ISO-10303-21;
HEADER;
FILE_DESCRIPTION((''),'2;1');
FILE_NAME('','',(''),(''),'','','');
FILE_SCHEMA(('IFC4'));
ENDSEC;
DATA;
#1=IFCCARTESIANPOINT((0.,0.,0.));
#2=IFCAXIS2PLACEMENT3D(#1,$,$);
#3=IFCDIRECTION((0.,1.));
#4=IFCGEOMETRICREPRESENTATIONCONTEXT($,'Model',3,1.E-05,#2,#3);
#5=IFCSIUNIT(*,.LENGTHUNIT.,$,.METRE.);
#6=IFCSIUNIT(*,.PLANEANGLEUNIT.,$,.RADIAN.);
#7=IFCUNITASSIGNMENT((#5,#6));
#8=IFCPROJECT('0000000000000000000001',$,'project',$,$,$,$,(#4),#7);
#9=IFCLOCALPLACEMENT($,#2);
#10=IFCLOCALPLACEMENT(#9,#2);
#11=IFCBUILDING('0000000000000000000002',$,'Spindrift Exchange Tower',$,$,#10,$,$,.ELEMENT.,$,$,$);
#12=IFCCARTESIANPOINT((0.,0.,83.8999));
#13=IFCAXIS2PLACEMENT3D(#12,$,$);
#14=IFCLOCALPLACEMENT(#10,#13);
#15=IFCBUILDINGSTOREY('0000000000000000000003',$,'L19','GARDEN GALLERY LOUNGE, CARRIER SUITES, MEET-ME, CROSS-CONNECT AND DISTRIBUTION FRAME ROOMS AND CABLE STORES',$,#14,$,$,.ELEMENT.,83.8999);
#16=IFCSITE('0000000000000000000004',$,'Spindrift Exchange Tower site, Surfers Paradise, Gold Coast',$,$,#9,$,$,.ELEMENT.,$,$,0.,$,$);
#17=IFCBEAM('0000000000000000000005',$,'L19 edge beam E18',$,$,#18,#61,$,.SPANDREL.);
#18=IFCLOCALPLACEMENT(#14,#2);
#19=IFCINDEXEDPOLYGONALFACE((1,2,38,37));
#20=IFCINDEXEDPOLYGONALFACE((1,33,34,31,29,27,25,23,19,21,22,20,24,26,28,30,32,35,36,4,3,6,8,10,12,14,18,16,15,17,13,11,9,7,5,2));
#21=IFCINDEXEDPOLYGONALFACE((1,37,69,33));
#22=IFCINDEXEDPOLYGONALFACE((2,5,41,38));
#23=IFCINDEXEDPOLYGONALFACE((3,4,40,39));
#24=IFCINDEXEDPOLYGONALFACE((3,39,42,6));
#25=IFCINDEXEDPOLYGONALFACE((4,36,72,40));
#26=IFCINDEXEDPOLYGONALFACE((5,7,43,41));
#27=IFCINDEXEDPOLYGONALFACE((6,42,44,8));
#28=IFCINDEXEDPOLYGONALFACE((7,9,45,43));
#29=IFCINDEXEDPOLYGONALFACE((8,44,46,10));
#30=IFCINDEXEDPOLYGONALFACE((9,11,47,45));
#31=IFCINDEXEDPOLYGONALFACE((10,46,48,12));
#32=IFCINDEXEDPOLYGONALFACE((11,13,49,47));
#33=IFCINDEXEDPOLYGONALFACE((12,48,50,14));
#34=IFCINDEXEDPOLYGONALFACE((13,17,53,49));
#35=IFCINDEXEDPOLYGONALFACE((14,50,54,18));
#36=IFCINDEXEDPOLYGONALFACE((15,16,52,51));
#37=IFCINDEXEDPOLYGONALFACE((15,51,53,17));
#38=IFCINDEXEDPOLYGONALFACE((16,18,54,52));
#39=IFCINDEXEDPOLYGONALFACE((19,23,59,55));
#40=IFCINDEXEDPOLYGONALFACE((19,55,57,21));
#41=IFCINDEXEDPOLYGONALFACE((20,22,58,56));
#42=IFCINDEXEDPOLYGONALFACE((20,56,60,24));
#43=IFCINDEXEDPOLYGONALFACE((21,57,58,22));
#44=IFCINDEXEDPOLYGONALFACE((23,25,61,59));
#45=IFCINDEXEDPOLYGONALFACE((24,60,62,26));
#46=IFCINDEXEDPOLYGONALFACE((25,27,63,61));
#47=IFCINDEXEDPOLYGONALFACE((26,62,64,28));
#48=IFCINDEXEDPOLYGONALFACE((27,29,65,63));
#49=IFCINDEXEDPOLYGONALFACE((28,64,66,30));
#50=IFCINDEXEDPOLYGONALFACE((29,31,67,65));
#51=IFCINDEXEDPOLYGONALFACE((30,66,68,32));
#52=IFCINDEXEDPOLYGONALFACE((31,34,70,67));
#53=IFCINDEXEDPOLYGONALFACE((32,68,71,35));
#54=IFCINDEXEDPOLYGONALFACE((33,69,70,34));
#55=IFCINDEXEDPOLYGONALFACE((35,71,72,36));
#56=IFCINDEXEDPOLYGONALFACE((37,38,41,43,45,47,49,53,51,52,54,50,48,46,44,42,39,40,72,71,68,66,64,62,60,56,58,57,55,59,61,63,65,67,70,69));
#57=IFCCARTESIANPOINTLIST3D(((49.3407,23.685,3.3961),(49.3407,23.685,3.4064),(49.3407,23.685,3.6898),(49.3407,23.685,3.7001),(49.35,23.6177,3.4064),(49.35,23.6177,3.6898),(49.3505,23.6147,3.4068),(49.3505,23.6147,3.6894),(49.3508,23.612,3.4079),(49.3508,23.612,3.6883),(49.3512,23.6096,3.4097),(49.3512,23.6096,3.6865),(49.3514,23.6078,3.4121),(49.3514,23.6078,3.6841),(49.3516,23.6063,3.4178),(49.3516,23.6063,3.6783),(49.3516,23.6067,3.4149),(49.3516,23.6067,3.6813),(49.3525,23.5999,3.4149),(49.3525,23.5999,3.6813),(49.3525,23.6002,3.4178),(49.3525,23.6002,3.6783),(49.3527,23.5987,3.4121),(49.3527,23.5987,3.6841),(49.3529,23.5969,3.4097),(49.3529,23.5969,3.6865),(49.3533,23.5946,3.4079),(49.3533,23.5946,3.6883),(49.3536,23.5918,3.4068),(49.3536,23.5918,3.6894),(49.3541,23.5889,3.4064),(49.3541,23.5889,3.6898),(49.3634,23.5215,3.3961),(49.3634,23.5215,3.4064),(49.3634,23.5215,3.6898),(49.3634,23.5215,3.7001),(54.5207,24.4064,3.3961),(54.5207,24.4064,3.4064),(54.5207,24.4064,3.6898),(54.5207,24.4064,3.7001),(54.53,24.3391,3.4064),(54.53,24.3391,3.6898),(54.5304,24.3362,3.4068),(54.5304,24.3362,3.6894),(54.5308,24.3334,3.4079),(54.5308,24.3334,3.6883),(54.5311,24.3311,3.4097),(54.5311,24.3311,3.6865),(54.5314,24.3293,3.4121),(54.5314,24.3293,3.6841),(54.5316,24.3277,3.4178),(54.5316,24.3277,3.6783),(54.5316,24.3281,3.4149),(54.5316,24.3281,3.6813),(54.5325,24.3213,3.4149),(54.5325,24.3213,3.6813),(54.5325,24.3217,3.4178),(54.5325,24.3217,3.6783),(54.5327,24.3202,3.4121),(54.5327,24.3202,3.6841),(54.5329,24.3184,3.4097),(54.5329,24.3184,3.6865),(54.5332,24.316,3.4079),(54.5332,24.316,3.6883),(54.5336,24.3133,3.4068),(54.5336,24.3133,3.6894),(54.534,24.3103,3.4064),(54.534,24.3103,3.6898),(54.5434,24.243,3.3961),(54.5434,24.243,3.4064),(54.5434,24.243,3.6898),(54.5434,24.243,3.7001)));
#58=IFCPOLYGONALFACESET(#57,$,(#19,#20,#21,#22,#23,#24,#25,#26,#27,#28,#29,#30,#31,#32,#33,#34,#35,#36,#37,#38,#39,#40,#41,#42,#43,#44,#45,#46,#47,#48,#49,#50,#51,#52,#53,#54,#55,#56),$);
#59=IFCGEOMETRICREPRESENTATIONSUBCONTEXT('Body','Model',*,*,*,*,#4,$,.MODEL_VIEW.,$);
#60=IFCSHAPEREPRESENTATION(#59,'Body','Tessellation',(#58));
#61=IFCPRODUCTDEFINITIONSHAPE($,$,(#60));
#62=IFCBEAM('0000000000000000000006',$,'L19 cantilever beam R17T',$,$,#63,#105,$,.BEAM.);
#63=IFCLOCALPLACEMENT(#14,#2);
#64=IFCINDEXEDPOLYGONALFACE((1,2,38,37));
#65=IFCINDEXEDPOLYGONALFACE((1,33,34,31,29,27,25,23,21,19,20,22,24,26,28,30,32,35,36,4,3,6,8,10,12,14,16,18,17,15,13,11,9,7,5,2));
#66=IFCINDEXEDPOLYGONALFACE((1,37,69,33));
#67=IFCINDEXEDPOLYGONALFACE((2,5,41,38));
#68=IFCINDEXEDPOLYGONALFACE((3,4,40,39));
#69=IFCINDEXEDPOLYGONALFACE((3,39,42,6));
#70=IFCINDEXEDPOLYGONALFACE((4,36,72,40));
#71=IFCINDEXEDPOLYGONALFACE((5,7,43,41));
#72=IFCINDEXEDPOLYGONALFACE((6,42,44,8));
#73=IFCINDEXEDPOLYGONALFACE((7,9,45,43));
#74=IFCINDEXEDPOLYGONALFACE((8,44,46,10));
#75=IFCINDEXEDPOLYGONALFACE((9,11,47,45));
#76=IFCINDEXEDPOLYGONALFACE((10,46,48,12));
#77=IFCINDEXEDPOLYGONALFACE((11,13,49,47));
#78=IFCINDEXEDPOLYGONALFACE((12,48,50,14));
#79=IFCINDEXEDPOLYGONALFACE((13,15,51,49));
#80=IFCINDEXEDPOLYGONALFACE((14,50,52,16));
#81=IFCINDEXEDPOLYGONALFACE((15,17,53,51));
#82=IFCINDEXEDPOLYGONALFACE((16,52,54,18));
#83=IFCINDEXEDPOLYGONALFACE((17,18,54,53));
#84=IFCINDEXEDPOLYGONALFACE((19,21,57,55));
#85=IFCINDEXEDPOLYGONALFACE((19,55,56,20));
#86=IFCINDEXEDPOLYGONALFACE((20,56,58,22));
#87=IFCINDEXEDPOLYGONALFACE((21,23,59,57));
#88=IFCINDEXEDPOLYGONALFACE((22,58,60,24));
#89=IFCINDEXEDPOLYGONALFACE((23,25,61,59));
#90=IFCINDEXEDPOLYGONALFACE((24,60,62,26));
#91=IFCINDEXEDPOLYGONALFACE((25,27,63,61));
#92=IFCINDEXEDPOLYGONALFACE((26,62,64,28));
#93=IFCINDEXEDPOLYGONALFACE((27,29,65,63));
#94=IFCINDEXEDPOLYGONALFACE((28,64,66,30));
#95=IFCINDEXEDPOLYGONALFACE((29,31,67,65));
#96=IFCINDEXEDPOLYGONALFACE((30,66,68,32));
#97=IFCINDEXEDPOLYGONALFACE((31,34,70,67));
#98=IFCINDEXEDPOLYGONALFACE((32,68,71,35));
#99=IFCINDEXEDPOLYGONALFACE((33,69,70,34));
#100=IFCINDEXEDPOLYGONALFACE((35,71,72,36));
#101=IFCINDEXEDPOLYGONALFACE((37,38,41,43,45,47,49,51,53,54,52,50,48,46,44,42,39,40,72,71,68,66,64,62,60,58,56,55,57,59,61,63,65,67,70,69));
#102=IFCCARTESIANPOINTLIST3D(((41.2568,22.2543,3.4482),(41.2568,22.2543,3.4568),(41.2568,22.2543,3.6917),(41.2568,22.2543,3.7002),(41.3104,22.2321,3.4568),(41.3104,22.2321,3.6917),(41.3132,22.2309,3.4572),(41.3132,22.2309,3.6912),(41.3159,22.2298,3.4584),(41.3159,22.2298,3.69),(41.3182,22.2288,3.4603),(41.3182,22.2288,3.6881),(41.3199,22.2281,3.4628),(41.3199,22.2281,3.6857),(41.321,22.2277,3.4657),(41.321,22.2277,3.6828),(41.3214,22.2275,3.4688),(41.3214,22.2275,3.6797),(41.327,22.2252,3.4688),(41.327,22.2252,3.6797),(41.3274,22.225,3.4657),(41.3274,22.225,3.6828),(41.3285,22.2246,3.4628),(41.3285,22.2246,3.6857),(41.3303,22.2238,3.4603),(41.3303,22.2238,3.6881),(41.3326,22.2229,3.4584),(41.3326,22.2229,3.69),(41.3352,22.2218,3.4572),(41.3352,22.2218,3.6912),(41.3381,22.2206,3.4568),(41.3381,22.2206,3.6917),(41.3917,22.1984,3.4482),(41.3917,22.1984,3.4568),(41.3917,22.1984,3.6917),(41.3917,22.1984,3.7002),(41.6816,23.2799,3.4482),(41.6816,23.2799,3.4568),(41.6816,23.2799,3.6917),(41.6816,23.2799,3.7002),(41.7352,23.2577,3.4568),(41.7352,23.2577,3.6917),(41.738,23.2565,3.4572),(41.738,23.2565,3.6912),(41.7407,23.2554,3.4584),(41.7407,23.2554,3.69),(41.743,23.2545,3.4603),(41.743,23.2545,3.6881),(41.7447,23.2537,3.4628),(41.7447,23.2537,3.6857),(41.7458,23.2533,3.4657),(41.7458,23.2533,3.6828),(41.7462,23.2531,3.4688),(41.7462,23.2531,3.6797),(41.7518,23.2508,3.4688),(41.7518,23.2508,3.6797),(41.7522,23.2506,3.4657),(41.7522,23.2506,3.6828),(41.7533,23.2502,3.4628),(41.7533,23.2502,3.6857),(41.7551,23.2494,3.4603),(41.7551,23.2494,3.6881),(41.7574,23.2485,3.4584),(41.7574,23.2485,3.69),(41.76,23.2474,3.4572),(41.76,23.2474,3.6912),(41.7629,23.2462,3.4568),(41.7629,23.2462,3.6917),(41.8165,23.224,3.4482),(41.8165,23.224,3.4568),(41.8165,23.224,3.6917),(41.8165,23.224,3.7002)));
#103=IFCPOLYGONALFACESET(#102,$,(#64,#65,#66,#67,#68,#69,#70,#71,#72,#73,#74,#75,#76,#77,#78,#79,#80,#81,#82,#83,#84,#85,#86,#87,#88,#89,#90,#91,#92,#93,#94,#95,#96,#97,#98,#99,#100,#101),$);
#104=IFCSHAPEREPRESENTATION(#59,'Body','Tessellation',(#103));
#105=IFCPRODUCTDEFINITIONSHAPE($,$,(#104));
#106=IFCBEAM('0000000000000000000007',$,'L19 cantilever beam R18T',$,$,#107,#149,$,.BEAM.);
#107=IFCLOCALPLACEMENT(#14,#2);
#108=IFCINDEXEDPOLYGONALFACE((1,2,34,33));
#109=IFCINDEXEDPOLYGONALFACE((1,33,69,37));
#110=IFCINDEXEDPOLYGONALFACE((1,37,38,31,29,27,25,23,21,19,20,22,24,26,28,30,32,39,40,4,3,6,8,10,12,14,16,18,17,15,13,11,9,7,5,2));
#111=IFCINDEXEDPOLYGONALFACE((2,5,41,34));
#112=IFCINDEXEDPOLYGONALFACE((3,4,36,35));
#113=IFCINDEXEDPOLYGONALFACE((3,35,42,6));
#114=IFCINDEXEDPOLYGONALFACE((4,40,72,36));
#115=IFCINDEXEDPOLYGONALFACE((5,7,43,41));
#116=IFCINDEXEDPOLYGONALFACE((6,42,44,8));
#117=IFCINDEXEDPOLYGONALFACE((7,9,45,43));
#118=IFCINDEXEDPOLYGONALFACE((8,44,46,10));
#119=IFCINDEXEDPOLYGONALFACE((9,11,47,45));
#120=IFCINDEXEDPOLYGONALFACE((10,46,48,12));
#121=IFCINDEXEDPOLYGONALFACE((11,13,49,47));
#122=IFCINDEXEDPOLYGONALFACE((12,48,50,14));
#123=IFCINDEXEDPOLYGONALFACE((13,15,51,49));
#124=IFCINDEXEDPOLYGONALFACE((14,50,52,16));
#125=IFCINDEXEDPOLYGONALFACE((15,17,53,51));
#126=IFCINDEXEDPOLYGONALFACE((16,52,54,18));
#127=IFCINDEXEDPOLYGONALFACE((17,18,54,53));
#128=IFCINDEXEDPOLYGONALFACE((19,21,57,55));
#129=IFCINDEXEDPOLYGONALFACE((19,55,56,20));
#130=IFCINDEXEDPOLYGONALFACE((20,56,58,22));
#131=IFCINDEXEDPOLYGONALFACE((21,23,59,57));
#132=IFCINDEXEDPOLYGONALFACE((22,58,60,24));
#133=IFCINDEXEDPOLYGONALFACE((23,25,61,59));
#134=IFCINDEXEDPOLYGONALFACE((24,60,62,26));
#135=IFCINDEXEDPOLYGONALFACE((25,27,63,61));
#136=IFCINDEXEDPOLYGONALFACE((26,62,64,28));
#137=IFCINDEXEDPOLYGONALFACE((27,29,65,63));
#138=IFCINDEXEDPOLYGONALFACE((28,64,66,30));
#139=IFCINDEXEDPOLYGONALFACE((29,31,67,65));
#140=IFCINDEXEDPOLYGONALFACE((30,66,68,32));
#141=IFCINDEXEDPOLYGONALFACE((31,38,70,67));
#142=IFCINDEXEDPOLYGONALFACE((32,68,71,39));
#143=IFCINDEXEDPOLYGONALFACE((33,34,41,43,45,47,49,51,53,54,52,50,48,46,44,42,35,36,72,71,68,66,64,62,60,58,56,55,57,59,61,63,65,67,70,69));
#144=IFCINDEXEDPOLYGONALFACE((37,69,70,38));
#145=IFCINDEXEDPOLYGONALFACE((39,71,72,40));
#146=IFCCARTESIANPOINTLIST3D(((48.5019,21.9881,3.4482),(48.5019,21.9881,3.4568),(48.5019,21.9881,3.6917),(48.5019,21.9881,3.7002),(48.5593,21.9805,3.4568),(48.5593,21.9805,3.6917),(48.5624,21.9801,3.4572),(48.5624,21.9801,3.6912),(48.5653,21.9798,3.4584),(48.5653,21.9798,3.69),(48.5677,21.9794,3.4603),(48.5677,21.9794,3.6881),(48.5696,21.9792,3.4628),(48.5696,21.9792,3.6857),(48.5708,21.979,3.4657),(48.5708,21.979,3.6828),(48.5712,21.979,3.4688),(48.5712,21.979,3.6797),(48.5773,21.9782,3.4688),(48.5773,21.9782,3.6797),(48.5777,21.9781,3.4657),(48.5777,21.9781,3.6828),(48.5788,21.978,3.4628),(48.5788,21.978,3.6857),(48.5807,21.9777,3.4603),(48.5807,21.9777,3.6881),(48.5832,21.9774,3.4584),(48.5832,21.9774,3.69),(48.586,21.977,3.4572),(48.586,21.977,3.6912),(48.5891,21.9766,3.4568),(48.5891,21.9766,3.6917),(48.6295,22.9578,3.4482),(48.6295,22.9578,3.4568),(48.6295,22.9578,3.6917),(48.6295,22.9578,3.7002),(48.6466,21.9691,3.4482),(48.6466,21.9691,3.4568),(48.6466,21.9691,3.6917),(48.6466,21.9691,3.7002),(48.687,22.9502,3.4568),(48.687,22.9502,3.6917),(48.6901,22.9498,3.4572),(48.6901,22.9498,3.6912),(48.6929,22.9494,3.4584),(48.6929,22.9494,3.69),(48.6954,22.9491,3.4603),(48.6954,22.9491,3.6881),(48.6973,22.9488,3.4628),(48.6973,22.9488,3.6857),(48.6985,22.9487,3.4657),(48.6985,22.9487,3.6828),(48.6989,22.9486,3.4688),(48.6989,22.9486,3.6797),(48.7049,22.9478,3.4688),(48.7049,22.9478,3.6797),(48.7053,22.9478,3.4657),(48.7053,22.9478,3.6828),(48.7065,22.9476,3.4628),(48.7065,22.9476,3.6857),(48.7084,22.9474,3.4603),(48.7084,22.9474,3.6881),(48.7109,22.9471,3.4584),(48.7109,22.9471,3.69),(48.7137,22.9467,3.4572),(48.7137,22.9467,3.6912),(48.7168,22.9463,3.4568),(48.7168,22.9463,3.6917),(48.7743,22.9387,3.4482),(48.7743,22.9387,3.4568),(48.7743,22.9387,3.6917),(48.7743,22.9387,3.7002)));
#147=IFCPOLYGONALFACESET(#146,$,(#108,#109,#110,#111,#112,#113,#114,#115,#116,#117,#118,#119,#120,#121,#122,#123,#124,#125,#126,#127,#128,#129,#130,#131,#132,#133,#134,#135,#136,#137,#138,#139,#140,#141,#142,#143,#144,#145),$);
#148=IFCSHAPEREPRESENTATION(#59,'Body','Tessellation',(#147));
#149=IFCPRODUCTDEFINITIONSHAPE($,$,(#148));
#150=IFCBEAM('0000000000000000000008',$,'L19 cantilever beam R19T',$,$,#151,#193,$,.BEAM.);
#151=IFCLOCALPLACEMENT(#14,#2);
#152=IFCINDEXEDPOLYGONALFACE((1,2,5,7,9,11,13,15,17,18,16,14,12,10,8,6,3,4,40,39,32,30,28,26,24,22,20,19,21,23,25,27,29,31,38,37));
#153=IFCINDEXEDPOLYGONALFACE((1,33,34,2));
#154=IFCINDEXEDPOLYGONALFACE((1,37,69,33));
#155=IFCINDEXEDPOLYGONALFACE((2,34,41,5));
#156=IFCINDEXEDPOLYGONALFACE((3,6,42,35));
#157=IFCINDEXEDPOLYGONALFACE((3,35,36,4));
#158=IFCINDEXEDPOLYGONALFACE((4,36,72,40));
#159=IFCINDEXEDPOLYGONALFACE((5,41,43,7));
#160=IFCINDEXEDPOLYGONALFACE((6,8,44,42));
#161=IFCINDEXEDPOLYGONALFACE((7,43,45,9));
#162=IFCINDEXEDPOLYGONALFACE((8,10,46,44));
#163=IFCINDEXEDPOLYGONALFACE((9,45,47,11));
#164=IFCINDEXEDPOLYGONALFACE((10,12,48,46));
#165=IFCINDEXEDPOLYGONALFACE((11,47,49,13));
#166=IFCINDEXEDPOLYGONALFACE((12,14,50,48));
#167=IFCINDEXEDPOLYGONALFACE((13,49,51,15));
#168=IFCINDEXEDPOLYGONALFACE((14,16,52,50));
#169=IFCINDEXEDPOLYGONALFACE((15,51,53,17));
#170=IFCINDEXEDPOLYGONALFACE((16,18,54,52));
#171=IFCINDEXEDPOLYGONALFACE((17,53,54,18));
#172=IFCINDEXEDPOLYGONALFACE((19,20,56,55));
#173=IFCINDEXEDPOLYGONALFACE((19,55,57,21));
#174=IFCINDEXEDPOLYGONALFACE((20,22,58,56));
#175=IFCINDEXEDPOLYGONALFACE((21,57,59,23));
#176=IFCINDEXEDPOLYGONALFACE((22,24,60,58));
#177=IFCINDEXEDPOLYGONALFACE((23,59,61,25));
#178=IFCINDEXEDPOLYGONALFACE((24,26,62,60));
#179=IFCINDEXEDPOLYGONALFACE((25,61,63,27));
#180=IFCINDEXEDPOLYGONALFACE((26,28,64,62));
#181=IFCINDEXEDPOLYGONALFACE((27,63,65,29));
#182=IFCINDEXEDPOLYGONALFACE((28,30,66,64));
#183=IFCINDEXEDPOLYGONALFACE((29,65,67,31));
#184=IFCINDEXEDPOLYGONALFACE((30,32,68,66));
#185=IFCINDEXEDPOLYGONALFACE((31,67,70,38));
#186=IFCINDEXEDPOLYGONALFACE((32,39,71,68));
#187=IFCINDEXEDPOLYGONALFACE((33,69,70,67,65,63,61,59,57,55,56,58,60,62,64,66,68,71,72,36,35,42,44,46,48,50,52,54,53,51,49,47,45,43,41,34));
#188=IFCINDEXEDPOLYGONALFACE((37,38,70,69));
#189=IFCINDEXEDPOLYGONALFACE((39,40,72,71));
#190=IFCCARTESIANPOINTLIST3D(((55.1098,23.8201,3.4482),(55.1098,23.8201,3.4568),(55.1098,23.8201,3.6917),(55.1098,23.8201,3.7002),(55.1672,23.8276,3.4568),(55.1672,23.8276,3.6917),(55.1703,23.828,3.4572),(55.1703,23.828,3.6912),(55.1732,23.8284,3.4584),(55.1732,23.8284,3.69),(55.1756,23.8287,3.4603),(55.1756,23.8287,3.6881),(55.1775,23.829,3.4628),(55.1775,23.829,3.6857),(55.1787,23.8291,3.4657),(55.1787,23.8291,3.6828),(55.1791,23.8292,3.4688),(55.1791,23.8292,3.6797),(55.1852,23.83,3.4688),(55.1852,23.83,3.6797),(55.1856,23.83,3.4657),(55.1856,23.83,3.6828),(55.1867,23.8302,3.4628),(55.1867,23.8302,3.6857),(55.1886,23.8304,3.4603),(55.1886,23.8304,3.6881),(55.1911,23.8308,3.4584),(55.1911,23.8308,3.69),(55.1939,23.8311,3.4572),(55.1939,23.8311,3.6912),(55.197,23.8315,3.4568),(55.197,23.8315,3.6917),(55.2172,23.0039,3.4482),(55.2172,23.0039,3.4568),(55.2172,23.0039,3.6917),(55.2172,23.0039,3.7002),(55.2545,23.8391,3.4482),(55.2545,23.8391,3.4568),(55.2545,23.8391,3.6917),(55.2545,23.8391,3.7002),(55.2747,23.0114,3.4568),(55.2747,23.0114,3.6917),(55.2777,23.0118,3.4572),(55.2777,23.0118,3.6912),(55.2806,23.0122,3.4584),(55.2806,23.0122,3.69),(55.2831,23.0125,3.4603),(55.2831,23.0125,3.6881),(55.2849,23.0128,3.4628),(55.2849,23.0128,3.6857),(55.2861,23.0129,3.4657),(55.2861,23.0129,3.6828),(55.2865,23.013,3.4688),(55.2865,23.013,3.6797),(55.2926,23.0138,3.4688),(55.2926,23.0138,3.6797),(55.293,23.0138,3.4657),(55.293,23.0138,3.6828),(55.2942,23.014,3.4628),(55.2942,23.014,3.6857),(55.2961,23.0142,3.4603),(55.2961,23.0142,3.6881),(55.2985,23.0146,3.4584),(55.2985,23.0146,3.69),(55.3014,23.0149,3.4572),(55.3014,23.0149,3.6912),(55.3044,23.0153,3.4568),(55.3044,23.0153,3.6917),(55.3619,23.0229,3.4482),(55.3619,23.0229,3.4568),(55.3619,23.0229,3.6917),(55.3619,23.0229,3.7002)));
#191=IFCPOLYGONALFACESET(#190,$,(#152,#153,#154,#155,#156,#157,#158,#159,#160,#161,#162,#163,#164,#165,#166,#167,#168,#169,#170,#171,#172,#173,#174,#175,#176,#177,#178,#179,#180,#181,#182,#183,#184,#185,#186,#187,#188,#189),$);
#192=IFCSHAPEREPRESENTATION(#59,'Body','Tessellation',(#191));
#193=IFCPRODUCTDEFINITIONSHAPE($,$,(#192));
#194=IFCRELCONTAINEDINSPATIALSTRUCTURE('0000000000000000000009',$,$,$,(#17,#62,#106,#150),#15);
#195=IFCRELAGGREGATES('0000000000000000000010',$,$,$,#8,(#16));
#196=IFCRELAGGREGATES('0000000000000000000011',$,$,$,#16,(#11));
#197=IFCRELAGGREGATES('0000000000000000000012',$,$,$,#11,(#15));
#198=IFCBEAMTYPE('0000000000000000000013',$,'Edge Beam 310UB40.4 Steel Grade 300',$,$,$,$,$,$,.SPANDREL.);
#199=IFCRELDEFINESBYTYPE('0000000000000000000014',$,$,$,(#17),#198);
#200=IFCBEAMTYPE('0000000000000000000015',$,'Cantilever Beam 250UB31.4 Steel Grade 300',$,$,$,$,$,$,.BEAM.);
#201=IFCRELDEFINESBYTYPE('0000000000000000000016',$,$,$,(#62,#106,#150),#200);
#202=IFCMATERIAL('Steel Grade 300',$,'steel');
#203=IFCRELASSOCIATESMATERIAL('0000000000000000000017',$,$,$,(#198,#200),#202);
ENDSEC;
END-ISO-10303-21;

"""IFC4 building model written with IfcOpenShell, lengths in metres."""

from ifc_helpers import new_model, si_unit, direction, frame, origin, origin_2d, place, context, subcontext, project, spatial, i_section, extrude, source, transform, mapped, material, material_profile, profile_set, type_object, element, save


model = new_model("IFC4")

# Units and contexts
model_context = context("Model", 3, precision=1e-05, world=origin(), true_north=direction((0.0, 1.0)))
body_context = subcontext(model_context, "Body", "Model", "MODEL_VIEW")
ifc_project = project(units=[si_unit("LENGTHUNIT", "METRE"), si_unit("PLANEANGLEUNIT", "RADIAN")], contexts=[model_context])

# Site, building, storey
site_placement = place(None, origin())
site = spatial("IfcSite", under=ifc_project, at=site_placement, Name="Spindrift Exchange Tower site, Surfers Paradise, Gold Coast", CompositionType="ELEMENT", RefElevation=0.0)
building_placement = place(site_placement, origin())
building = spatial("IfcBuilding", under=site, at=building_placement, Name="Spindrift Exchange Tower", CompositionType="ELEMENT")
storey_placement = place(building_placement, frame((0.0, 0.0, 83.8999)))
storey = spatial("IfcBuildingStorey", under=building, at=storey_placement, Name="L19", Description="GARDEN GALLERY LOUNGE, CARRIER SUITES, MEET-ME, CROSS-CONNECT AND DISTRIBUTION FRAME ROOMS AND CABLE STORES", CompositionType="ELEMENT", Elevation=83.8999)

# Beams
ifc_material_1 = material(Name="Steel Grade 300", Category="steel")
ifc_material_profile_1 = material_profile(ifc_material_1, i_section(OverallWidth=0.165, OverallDepth=0.304, WebThickness=0.0061, FlangeThickness=0.0103, FilletRadius=0.0115, at=origin_2d()), Name="310UB40.4")
ifc_profile_set_1 = profile_set([ifc_material_profile_1], Name="Steel Grade 300")
beam_type_1 = type_object("IfcBeamType", Name="Edge Beam 310UB40.4 Steel Grade 300", PredefinedType="SPANDREL", material=ifc_profile_set_1)
shared_shape_1 = source(origin(), body_context, "Body", "SweptSolid", [
    extrude(i_section(OverallWidth=0.165, OverallDepth=0.304, WebThickness=0.0061, FlangeThickness=0.0103, FilletRadius=0.0115, at=origin_2d()), origin(), (0.0, 0.0, 1.0), 5.23),
])
beam_1_placement = place(storey_placement, frame((49.3521, 23.6033, 3.5481), z_axis=(0.99044, 0.137944, 0.0), x_axis=(-0.137944, 0.99044, 0.0)))
element("IfcBeam", 1, at=beam_1_placement, inside=storey, type_object=beam_type_1, Name="L19 edge beam E18", PredefinedType="SPANDREL", context=body_context, shape_type="MappedRepresentation", body=[
    mapped(shared_shape_1, transform((0.0, 0.0, 0.0), scale=1.0)),
])
ifc_material_profile_2 = material_profile(ifc_material_1, i_section(OverallWidth=0.146, OverallDepth=0.252, WebThickness=0.0061, FlangeThickness=0.0085, FilletRadius=0.012, at=origin_2d()), Name="250UB31.4")
ifc_profile_set_2 = profile_set([ifc_material_profile_2], Name="Steel Grade 300")
beam_type_2 = type_object("IfcBeamType", Name="Cantilever Beam 250UB31.4 Steel Grade 300", PredefinedType="BEAM", material=ifc_profile_set_2)
shared_shape_2 = source(origin(), body_context, "Body", "SweptSolid", [
    extrude(i_section(OverallWidth=0.146, OverallDepth=0.252, WebThickness=0.0061, FlangeThickness=0.0085, FilletRadius=0.012, at=origin_2d()), origin(), (0.0, 0.0, 1.0), 1.1101),
])
beam_2_placement = place(storey_placement, frame((41.749, 23.252, 3.5742), z_axis=(-0.382663, -0.923888, 0.0), x_axis=(0.923888, -0.382663, 0.0)))
element("IfcBeam", 2, at=beam_2_placement, inside=storey, type_object=beam_type_2, Name="L19 cantilever beam R17T", PredefinedType="BEAM", context=body_context, shape_type="MappedRepresentation", body=[
    mapped(shared_shape_2, transform((0.0, 0.0, 0.0), scale=1.0)),
])
shared_shape_3 = source(origin(), body_context, "Body", "SweptSolid", [
    extrude(i_section(OverallWidth=0.146, OverallDepth=0.252, WebThickness=0.0061, FlangeThickness=0.0085, FilletRadius=0.012, at=origin_2d()), origin(), (0.0, 0.0, 1.0), 0.978),
])
beam_3_placement = place(storey_placement, frame((48.7019, 22.9482, 3.5742), z_axis=(-0.130545, -0.991442, 0.0), x_axis=(0.991442, -0.130545, 0.0)))
element("IfcBeam", 3, at=beam_3_placement, inside=storey, type_object=beam_type_2, Name="L19 cantilever beam R18T", PredefinedType="BEAM", context=body_context, shape_type="MappedRepresentation", body=[
    mapped(shared_shape_3, transform((0.0, 0.0, 0.0), scale=1.0)),
])
shared_shape_4 = source(origin(), body_context, "Body", "SweptSolid", [
    extrude(i_section(OverallWidth=0.146, OverallDepth=0.252, WebThickness=0.0061, FlangeThickness=0.0085, FilletRadius=0.012, at=origin_2d()), origin(), (0.0, 0.0, 1.0), 0.8232),
])
beam_4_placement = place(storey_placement, frame((55.1821, 23.8296, 3.5742), z_axis=(0.130493, -0.991449, 0.0), x_axis=(0.991449, 0.130493, 0.0)))
element("IfcBeam", 4, at=beam_4_placement, inside=storey, type_object=beam_type_2, Name="L19 cantilever beam R19T", PredefinedType="BEAM", context=body_context, shape_type="MappedRepresentation", body=[
    mapped(shared_shape_4, transform((0.0, 0.0, 0.0), scale=1.0)),
])

save(model, "model.ifc")
